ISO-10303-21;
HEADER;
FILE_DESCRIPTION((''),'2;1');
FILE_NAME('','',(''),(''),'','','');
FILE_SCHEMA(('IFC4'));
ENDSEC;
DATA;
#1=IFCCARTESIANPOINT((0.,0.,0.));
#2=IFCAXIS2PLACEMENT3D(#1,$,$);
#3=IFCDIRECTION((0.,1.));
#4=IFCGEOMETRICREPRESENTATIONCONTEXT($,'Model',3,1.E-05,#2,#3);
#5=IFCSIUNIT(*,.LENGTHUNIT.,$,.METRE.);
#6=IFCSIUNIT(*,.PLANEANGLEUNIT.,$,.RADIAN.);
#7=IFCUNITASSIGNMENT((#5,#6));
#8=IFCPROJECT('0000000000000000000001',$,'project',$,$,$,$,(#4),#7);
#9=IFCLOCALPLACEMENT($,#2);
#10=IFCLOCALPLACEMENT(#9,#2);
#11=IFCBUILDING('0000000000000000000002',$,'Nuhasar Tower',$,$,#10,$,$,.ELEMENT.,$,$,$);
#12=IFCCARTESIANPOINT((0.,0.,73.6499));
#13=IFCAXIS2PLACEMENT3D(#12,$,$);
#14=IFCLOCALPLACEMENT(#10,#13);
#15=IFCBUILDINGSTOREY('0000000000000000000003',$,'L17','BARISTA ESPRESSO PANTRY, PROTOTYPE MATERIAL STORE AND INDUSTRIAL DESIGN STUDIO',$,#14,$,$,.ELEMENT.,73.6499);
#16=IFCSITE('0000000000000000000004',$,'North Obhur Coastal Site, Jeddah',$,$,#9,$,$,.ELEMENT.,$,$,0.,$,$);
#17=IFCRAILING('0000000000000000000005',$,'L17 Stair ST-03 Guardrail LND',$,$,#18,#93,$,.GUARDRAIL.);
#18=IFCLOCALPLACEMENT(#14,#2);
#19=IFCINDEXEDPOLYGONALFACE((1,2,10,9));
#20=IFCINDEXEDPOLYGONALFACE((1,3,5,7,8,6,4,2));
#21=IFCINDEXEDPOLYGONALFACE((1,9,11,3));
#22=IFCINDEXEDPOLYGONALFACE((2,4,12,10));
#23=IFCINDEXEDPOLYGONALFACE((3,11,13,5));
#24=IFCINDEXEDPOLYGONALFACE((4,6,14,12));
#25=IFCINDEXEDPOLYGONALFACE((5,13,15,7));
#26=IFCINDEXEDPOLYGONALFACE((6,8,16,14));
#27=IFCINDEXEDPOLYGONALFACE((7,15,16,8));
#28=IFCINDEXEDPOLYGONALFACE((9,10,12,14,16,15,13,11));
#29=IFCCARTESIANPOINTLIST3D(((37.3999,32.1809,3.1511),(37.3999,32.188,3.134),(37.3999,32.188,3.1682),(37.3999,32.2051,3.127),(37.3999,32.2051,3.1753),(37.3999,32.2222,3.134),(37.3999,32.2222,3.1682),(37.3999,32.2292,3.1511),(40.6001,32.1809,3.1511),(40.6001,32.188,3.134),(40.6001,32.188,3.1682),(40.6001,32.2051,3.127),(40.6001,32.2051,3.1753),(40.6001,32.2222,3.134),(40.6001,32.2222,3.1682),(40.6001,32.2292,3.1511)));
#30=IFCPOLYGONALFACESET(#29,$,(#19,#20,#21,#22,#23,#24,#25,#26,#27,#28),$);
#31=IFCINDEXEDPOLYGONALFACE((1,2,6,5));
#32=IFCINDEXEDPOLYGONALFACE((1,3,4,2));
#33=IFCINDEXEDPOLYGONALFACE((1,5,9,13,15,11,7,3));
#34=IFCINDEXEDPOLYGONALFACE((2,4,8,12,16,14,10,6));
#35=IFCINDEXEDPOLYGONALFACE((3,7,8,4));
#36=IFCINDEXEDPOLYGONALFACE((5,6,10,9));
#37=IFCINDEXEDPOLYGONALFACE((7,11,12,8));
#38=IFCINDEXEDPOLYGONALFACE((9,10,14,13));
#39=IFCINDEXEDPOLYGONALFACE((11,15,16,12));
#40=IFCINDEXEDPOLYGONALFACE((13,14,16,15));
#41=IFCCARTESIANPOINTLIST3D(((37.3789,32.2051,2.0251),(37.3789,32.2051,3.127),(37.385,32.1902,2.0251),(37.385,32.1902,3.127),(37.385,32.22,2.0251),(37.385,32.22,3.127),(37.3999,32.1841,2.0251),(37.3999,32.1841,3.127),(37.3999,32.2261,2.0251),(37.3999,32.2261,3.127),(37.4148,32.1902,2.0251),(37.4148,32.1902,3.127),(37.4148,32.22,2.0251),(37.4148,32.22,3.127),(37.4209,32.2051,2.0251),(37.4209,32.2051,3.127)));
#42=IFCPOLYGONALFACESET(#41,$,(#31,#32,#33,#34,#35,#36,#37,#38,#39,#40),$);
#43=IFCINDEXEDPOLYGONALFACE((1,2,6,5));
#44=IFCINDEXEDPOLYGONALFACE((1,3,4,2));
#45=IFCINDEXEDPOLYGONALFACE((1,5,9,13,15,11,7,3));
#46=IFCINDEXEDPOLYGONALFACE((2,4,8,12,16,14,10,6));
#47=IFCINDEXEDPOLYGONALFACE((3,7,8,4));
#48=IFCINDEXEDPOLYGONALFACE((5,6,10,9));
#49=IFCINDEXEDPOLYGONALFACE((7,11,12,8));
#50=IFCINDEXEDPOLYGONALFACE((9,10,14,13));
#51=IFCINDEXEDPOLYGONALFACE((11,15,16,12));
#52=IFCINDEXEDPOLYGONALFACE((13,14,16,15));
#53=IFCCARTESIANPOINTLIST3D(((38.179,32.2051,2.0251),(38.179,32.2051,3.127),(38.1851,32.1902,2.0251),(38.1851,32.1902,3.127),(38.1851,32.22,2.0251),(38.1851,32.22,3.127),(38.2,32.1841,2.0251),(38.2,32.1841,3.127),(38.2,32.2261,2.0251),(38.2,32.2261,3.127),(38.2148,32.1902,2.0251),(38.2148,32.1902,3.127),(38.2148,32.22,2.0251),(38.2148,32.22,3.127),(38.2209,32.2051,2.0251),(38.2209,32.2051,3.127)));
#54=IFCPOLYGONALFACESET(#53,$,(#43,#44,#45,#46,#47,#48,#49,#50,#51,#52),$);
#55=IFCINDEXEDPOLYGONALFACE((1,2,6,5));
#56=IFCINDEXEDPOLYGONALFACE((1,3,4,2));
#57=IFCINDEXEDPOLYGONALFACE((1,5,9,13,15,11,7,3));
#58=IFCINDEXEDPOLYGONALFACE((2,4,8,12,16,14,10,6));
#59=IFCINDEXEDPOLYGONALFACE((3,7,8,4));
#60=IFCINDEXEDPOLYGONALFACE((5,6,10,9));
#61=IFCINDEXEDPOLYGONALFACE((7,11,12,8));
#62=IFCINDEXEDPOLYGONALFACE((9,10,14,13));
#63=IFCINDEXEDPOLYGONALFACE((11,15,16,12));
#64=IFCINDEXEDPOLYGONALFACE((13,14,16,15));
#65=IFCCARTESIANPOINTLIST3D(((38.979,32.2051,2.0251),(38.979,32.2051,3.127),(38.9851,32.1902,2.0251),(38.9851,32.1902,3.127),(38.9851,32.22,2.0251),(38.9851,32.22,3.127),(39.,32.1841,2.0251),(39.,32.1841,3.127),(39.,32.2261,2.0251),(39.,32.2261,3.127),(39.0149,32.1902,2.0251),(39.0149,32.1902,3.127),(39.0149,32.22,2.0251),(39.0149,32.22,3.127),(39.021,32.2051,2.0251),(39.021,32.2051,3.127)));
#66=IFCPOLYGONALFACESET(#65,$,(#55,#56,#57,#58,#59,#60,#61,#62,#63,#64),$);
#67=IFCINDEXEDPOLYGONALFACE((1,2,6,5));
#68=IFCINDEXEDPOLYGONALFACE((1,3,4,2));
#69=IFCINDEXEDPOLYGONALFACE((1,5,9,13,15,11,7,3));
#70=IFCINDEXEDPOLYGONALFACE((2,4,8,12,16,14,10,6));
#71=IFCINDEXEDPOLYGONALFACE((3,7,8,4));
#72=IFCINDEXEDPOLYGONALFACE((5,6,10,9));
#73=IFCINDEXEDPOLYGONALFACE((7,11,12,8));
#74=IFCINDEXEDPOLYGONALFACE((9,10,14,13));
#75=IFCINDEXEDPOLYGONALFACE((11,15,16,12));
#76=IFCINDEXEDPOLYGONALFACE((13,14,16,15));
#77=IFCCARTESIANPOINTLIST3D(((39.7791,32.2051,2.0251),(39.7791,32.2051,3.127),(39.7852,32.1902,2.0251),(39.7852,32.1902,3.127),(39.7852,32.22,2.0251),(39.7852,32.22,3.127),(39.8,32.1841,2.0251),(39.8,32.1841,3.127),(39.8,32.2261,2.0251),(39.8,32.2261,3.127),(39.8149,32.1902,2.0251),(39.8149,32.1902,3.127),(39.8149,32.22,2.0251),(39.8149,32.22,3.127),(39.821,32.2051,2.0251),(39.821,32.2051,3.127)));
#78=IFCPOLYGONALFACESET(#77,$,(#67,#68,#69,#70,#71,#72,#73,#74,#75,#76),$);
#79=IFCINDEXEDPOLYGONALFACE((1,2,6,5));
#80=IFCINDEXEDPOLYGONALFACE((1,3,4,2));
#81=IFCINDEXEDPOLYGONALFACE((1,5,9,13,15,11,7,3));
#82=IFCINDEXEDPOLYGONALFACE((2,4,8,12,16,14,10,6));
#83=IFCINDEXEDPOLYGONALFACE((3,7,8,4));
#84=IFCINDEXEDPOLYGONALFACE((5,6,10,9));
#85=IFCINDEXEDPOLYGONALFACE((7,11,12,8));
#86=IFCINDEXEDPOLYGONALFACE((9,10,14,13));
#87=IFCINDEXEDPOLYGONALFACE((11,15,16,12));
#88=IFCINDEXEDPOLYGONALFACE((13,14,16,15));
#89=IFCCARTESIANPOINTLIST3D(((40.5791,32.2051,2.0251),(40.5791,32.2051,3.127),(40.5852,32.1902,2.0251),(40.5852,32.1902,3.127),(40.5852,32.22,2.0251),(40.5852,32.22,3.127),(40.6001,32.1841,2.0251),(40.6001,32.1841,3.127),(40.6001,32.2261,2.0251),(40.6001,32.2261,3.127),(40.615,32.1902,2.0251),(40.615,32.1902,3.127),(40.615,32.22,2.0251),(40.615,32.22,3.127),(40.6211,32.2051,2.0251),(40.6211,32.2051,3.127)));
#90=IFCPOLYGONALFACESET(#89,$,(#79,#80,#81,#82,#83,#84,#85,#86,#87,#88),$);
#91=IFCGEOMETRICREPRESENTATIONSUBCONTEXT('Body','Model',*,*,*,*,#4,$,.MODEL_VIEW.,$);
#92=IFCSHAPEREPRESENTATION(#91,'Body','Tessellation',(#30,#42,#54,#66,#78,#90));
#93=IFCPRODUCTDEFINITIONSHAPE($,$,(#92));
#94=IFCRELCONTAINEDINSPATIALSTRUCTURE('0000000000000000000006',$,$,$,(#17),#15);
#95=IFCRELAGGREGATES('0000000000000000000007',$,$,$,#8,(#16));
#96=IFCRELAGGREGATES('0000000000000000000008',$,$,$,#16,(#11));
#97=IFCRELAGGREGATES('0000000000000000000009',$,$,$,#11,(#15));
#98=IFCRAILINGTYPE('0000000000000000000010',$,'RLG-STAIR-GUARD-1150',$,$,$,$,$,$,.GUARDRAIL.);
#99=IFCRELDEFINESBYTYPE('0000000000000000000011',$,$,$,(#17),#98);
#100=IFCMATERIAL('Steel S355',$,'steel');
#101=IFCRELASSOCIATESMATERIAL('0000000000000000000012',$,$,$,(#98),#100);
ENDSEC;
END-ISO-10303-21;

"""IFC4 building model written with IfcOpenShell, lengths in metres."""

from ifc_helpers import new_model, si_unit, direction, frame, origin, place, context, subcontext, project, spatial, polyline, outline, extrude, material, type_object, element, save


model = new_model("IFC4")

# Units and contexts
model_context = context("Model", 3, precision=1e-05, world=origin(), true_north=direction((0.0, 1.0)))
body_context = subcontext(model_context, "Body", "Model", "MODEL_VIEW")
ifc_project = project(units=[si_unit("LENGTHUNIT", "METRE"), si_unit("PLANEANGLEUNIT", "RADIAN")], contexts=[model_context])

# Site, building, storey
site_placement = place(None, origin())
site = spatial("IfcSite", under=ifc_project, at=site_placement, Name="North Obhur Coastal Site, Jeddah", CompositionType="ELEMENT", RefElevation=0.0)
building_placement = place(site_placement, origin())
building = spatial("IfcBuilding", under=site, at=building_placement, Name="Nuhasar Tower", CompositionType="ELEMENT")
storey_placement = place(building_placement, frame((0.0, 0.0, 73.6499)))
storey = spatial("IfcBuildingStorey", under=building, at=storey_placement, Name="L17", Description="BARISTA ESPRESSO PANTRY, PROTOTYPE MATERIAL STORE AND INDUSTRIAL DESIGN STUDIO", CompositionType="ELEMENT", Elevation=73.6499)

# Shared definitions
ifc_material_1 = material(Name="Steel S355", Category="steel")

# Railing
railing_type_1 = type_object("IfcRailingType", Name="RLG-STAIR-GUARD-1150", PredefinedType="GUARDRAIL", material=ifc_material_1)
railing_1_placement = place(storey_placement, frame((37.3999, 32.2051, 2.0251)))
element("IfcRailing", 1, at=railing_1_placement, inside=storey, type_object=railing_type_1, Name="L17 Stair ST-03 Guardrail LND", PredefinedType="GUARDRAIL", context=body_context, shape_type="SweptSolid", body=[
    extrude(outline(polyline([(0.0242, 0.0), (0.0171, 0.0171), (0.0, 0.0242), (-0.0171, 0.0171), (-0.0242, 0.0), (-0.0171, -0.0171), (0.0, -0.0242), (0.0171, -0.0171), (0.0242, 0.0)])), frame((0.0, 0.0, 1.126), z_axis=(1.0, 0.0, 0.0), x_axis=(0.0, 1.0, 0.0)), (0.0, 0.0, 1.0), 3.2002),
    extrude(outline(polyline([(0.021, 0.0), (0.0149, 0.0149), (0.0, 0.021), (-0.0149, 0.0149), (-0.021, 0.0), (-0.0149, -0.0149), (0.0, -0.021), (0.0149, -0.0149), (0.021, 0.0)])), origin(), (0.0, 0.0, 1.0), 1.1018),
    extrude(outline(polyline([(0.021, 0.0), (0.0149, 0.0149), (0.0, 0.021), (-0.0149, 0.0149), (-0.021, 0.0), (-0.0149, -0.0149), (0.0, -0.021), (0.0149, -0.0149), (0.021, 0.0)])), frame((0.8, 0.0, 0.0)), (0.0, 0.0, 1.0), 1.1018),
    extrude(outline(polyline([(0.021, 0.0), (0.0149, 0.0149), (0.0, 0.021), (-0.0149, 0.0149), (-0.021, 0.0), (-0.0149, -0.0149), (0.0, -0.021), (0.0149, -0.0149), (0.021, 0.0)])), frame((1.6001, 0.0, 0.0)), (0.0, 0.0, 1.0), 1.1018),
    extrude(outline(polyline([(0.021, 0.0), (0.0149, 0.0149), (0.0, 0.021), (-0.0149, 0.0149), (-0.021, 0.0), (-0.0149, -0.0149), (0.0, -0.021), (0.0149, -0.0149), (0.021, 0.0)])), frame((2.4001, 0.0, 0.0)), (0.0, 0.0, 1.0), 1.1018),
    extrude(outline(polyline([(0.021, 0.0), (0.0149, 0.0149), (0.0, 0.021), (-0.0149, 0.0149), (-0.021, 0.0), (-0.0149, -0.0149), (0.0, -0.021), (0.0149, -0.0149), (0.021, 0.0)])), frame((3.2002, 0.0, 0.0)), (0.0, 0.0, 1.0), 1.1018),
])

save(model, "model.ifc")
